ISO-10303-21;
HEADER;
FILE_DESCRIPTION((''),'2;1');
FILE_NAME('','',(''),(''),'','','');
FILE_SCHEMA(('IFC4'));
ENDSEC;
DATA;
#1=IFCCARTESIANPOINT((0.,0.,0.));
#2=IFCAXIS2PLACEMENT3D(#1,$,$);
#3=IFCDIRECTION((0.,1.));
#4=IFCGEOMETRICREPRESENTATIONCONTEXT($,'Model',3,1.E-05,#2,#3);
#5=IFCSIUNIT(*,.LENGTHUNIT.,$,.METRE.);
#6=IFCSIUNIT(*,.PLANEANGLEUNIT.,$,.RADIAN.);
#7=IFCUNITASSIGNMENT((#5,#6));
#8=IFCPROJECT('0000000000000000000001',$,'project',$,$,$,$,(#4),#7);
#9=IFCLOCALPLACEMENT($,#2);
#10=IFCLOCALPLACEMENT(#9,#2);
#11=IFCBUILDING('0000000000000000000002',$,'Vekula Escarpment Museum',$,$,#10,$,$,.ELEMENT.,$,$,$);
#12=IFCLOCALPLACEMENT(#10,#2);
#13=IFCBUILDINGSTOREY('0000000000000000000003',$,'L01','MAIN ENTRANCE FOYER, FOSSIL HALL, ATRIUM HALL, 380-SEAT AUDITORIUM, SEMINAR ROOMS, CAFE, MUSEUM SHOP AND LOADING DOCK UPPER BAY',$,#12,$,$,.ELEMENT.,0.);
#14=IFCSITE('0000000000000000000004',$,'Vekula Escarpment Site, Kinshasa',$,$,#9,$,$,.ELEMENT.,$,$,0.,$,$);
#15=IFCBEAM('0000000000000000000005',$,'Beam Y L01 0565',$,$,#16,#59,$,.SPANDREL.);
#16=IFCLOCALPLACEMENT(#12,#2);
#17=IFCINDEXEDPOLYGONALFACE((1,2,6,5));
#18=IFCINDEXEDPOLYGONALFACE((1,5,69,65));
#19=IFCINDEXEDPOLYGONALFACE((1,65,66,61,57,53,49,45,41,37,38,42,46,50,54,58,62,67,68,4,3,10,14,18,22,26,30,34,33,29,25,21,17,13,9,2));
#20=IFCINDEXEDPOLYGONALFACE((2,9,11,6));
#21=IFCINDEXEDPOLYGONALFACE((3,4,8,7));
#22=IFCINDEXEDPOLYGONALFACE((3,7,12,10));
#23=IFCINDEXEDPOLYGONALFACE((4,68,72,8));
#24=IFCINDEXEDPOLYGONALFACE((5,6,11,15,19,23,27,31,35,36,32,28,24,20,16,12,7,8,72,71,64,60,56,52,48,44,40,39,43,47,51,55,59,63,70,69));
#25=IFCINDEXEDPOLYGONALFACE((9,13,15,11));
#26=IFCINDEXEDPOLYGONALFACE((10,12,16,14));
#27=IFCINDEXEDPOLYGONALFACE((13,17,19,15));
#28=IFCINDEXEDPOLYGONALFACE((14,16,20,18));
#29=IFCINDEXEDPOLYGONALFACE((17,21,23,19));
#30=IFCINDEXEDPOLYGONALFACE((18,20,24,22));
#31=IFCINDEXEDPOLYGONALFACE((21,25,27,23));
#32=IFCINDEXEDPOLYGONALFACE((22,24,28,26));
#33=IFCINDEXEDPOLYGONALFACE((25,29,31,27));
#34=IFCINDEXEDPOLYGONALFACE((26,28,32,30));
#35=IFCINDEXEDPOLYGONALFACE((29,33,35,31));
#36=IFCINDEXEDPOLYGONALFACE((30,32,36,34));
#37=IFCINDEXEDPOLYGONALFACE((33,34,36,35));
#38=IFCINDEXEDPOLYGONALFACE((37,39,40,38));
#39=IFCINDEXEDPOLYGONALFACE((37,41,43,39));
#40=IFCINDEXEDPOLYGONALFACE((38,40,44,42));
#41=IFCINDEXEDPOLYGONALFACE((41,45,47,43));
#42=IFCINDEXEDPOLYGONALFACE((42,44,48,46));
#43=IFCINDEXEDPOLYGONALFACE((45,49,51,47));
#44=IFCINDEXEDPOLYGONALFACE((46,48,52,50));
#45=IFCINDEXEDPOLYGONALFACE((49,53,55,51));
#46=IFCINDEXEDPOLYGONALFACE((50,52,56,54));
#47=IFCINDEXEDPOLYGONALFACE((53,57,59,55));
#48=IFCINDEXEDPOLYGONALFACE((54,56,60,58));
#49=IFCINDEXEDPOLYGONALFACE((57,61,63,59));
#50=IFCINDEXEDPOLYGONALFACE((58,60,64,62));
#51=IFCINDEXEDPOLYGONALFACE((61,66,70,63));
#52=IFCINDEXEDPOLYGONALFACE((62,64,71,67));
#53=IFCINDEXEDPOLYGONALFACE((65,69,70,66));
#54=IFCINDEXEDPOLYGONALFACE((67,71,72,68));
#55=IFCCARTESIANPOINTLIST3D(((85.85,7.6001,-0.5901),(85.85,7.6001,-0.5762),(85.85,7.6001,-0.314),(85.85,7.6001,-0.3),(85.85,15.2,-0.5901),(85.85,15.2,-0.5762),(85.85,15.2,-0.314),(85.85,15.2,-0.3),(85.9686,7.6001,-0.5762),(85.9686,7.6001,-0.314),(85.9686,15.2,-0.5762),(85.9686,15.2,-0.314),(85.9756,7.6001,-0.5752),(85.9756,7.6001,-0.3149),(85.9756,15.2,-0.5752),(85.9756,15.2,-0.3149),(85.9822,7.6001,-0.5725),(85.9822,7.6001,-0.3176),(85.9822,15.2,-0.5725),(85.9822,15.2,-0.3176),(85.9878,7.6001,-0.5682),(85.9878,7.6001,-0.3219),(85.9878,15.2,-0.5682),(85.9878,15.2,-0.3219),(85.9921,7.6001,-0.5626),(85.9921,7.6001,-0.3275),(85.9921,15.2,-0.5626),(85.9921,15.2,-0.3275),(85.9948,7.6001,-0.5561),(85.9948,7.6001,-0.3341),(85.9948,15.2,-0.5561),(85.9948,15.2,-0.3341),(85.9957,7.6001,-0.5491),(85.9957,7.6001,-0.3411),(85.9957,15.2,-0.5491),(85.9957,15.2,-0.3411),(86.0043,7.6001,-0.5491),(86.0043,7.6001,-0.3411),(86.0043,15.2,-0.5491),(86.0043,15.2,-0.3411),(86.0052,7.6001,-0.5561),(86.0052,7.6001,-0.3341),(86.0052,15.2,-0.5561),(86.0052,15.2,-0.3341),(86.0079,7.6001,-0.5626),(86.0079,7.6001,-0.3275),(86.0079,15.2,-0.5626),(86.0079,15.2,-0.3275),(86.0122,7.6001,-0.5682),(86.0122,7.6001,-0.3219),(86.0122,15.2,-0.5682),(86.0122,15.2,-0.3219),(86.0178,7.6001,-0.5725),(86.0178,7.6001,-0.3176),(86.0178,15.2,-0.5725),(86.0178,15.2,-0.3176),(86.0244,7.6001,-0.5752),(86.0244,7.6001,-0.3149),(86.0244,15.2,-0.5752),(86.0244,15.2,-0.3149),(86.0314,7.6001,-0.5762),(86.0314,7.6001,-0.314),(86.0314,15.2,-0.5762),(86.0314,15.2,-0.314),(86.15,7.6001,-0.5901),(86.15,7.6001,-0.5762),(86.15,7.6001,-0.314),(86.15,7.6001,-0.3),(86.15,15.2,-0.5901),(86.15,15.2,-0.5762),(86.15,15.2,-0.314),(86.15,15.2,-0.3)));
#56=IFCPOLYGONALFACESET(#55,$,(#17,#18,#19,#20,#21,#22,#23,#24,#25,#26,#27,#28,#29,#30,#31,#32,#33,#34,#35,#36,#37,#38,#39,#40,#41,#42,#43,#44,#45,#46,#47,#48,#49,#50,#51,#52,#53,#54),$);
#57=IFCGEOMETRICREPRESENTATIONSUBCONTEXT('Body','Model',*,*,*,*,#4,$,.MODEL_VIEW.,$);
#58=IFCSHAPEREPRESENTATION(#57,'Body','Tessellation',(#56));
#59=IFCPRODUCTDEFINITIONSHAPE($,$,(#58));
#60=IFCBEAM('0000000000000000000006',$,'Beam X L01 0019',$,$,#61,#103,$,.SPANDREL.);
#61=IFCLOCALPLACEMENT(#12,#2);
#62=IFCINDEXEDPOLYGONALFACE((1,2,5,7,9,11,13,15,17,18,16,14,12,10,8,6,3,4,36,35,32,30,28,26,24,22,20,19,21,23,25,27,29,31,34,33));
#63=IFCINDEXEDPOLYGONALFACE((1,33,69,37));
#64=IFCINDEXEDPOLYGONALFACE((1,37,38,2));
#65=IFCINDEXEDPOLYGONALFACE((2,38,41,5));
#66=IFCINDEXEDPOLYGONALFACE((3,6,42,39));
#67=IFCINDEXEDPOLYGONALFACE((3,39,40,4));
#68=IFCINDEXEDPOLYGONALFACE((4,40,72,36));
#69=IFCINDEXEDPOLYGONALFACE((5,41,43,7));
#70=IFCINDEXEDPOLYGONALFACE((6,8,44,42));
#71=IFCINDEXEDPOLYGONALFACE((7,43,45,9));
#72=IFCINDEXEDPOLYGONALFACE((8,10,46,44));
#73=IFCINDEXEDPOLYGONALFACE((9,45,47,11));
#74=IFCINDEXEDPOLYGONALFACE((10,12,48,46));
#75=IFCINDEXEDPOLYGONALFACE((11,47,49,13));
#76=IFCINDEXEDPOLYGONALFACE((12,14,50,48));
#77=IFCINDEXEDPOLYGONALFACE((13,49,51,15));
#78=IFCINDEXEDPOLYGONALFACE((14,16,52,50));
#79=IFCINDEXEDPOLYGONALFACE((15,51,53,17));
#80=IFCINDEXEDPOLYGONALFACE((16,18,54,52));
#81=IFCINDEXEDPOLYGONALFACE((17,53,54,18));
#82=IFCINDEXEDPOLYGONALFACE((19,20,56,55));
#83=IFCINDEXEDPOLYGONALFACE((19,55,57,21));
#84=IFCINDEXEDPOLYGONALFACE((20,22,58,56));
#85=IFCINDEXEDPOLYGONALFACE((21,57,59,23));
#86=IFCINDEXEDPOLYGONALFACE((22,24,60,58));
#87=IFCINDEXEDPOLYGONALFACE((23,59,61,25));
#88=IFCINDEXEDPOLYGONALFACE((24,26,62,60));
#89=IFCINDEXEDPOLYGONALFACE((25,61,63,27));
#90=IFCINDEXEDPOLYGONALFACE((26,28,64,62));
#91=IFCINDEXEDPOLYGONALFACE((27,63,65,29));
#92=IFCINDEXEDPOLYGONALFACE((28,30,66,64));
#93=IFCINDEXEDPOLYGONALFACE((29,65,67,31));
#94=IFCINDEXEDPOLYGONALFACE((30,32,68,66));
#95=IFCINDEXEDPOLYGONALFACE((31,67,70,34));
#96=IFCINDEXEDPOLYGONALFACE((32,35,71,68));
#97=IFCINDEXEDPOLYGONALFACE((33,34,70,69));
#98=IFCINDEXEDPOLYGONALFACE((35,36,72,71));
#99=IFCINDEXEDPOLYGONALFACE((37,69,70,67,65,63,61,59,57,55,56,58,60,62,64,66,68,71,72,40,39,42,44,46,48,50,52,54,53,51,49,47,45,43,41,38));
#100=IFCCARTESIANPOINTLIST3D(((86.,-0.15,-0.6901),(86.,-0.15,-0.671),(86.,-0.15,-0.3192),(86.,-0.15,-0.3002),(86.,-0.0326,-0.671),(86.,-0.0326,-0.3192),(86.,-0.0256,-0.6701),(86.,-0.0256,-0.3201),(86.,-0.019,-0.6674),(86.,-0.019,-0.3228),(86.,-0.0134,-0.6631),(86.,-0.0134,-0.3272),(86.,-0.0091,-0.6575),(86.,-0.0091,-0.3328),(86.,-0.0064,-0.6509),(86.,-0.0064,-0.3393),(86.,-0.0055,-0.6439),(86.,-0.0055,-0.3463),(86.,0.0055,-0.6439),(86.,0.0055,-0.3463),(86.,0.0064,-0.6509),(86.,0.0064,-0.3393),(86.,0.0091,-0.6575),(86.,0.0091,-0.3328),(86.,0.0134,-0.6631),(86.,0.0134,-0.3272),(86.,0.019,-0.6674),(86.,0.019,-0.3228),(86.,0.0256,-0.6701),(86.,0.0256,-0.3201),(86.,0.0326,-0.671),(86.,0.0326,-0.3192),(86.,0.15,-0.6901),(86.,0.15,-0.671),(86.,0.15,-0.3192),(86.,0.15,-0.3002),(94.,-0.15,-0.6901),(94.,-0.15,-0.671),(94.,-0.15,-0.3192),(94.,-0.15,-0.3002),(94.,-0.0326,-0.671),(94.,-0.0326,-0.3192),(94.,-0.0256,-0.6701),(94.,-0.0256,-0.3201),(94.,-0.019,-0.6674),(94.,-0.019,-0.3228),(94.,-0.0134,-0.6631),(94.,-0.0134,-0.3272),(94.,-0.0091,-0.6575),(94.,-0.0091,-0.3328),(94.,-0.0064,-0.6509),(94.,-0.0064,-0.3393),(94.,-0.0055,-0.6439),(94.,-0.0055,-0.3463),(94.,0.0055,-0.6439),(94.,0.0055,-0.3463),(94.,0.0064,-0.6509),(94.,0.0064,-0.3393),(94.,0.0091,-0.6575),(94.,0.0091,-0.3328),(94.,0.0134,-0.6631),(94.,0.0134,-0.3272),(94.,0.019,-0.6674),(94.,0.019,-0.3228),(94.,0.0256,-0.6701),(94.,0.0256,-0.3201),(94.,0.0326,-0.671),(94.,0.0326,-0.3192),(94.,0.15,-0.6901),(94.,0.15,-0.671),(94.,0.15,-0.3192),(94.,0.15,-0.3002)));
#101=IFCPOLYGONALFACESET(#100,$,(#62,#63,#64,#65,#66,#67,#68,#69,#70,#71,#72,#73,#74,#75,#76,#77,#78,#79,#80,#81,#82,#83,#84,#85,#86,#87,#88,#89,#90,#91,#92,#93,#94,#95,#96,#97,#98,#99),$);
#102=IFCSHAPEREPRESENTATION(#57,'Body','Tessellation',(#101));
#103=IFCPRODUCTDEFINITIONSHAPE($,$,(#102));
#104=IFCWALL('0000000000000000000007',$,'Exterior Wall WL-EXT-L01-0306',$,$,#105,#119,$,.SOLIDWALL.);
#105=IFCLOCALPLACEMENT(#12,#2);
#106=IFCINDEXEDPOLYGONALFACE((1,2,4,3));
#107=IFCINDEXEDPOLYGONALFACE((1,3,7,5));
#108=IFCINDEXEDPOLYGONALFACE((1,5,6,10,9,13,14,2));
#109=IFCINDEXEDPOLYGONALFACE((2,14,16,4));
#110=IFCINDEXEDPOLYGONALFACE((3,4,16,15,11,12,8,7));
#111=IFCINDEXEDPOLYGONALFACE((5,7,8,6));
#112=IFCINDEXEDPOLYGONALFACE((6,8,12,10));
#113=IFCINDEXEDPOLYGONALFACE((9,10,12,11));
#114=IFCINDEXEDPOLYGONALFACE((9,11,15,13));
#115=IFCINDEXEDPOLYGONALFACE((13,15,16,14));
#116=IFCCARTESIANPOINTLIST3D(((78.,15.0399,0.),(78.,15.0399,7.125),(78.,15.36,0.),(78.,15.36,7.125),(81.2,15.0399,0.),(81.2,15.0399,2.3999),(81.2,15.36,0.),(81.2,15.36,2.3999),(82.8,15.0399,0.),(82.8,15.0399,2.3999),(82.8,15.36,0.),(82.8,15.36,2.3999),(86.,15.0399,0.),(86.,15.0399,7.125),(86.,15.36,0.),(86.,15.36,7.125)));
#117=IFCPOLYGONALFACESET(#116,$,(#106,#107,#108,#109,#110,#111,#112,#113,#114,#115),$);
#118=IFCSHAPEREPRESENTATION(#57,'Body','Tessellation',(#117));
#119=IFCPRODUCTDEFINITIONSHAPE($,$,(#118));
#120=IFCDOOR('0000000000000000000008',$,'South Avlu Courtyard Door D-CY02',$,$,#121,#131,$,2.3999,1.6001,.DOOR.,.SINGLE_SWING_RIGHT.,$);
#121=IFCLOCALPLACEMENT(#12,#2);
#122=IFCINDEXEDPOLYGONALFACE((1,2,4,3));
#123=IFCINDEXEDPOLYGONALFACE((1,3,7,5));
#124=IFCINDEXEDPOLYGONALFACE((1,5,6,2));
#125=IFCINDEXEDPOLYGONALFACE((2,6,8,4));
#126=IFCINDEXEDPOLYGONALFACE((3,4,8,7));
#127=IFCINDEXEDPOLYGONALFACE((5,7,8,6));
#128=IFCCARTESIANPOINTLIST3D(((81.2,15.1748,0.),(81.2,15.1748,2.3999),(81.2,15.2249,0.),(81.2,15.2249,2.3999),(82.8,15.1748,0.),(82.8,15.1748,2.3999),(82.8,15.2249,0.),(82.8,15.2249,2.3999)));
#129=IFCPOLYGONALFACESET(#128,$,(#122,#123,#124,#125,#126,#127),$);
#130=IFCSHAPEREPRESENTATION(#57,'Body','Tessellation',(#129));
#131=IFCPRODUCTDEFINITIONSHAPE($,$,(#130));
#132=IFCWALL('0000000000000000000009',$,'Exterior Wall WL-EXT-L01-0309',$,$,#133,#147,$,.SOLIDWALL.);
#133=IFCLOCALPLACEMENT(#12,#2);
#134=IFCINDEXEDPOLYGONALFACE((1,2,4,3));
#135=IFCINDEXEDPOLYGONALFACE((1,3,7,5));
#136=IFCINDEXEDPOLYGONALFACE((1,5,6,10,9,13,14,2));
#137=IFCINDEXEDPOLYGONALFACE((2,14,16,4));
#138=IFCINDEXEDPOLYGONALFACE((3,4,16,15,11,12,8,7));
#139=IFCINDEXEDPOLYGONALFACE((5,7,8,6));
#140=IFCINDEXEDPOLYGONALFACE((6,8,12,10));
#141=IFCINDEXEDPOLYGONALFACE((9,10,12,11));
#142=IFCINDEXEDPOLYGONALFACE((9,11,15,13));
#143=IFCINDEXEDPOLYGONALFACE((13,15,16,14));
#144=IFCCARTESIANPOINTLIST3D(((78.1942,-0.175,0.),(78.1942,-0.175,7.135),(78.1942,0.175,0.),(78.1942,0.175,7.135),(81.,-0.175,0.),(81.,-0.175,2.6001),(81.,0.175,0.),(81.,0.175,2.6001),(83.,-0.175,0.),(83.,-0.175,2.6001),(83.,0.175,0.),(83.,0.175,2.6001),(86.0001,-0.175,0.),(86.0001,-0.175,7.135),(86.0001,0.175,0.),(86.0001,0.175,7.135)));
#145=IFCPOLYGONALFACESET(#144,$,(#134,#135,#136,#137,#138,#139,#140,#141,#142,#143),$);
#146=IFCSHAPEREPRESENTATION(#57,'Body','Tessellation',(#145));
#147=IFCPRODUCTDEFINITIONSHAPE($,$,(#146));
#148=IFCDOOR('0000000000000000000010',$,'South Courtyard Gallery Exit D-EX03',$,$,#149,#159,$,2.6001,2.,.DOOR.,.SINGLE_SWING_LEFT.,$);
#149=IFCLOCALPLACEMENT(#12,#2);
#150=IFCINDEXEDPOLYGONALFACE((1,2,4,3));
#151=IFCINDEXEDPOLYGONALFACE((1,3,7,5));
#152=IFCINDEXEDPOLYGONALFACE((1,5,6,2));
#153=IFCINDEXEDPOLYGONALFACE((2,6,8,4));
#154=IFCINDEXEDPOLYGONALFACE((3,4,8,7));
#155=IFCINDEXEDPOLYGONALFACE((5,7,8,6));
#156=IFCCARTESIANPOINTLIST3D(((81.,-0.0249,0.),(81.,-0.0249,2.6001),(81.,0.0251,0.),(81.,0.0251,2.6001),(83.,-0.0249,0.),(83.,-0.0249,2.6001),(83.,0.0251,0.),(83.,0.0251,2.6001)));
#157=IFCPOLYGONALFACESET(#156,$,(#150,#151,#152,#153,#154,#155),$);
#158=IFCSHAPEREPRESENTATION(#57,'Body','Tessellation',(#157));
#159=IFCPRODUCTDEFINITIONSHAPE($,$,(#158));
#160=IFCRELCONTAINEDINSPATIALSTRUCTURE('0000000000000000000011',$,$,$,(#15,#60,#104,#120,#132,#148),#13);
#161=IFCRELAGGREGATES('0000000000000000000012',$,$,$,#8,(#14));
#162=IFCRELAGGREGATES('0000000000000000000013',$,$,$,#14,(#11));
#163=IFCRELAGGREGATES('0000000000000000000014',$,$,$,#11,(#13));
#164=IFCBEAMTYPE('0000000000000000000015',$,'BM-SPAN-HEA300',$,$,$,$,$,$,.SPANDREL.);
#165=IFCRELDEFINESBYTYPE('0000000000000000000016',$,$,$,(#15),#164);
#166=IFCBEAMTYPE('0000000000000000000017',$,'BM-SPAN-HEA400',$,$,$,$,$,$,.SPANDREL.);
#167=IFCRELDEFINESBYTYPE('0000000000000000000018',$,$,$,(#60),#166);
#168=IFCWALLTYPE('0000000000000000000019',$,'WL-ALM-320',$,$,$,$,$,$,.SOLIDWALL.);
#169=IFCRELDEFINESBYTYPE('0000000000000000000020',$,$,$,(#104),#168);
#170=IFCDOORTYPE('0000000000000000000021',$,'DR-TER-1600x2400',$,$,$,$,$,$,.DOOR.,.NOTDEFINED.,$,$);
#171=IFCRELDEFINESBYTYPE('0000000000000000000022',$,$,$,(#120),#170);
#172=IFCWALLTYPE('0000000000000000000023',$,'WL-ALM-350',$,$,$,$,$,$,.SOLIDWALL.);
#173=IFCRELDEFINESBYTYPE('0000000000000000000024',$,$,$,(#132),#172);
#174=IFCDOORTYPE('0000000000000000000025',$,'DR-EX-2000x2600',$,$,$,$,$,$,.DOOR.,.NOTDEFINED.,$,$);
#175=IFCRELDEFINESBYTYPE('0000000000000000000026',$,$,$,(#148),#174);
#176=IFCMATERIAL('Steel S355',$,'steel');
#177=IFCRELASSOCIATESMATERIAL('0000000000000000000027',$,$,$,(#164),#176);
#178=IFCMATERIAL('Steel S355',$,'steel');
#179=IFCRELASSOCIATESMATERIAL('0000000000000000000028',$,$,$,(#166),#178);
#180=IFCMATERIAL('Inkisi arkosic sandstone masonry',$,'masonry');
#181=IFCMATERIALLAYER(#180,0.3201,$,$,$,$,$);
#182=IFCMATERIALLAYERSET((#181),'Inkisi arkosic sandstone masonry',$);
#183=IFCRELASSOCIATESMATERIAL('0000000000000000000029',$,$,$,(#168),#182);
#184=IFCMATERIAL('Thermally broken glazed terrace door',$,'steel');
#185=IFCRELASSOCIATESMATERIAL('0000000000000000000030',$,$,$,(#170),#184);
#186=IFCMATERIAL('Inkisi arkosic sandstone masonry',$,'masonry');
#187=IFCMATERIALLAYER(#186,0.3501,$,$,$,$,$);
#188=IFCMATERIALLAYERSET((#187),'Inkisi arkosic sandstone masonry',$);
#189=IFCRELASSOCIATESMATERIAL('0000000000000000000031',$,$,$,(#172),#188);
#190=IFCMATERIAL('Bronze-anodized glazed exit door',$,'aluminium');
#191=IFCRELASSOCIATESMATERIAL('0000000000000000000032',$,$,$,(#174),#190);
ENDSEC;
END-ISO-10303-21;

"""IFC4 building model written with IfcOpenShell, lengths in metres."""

from ifc_helpers import new_model, si_unit, direction, frame, frame_2d, origin, origin_2d, place, context, subcontext, project, spatial, rectangle, i_section, extrude, material, layer, layer_set, material_profile, profile_set, type_object, element, fill, save


model = new_model("IFC4")

# Units and contexts
model_context = context("Model", 3, precision=1e-05, world=origin(), true_north=direction((0.0, 1.0)))
body_context = subcontext(model_context, "Body", "Model", "MODEL_VIEW")
ifc_project = project(units=[si_unit("LENGTHUNIT", "METRE"), si_unit("PLANEANGLEUNIT", "RADIAN")], contexts=[model_context])

# Site, building, storey
site_placement = place(None, origin())
site = spatial("IfcSite", under=ifc_project, at=site_placement, Name="Vekula Escarpment Site, Kinshasa", CompositionType="ELEMENT", RefElevation=0.0)
building_placement = place(site_placement, origin())
building = spatial("IfcBuilding", under=site, at=building_placement, Name="Vekula Escarpment Museum", CompositionType="ELEMENT")
storey_placement = place(building_placement, origin())
storey = spatial("IfcBuildingStorey", under=building, at=storey_placement, Name="L01", Description="MAIN ENTRANCE FOYER, FOSSIL HALL, ATRIUM HALL, 380-SEAT AUDITORIUM, SEMINAR ROOMS, CAFE, MUSEUM SHOP AND LOADING DOCK UPPER BAY", CompositionType="ELEMENT", Elevation=0.0)

# Beams
ifc_material_1 = material(Name="Steel S355", Category="steel")
ifc_material_profile_1 = material_profile(ifc_material_1, i_section(OverallWidth=0.3, OverallDepth=0.29, WebThickness=0.0085, FlangeThickness=0.0139, FilletRadius=0.0271, at=origin_2d()), Name="HEA 300")
ifc_profile_set_1 = profile_set([ifc_material_profile_1], Name="Steel S355")
beam_type_1 = type_object("IfcBeamType", Name="BM-SPAN-HEA300", PredefinedType="SPANDREL", material=ifc_profile_set_1)
beam_1_placement = place(storey_placement, frame((86.0, 7.6001, -0.4451), z_axis=(0.0, 1.0, 0.0), x_axis=(-1.0, 0.0, 0.0)))
element("IfcBeam", 1, at=beam_1_placement, inside=storey, type_object=beam_type_1, Name="Beam Y L01 0565", PredefinedType="SPANDREL", context=body_context, shape_type="SweptSolid", body=[
    extrude(i_section(OverallWidth=0.3, OverallDepth=0.29, WebThickness=0.0085, FlangeThickness=0.0139, FilletRadius=0.0271, at=origin_2d()), origin(), (0.0, 0.0, 1.0), 7.5999),
])
ifc_material_2 = material(Name="Steel S355", Category="steel")
ifc_material_profile_2 = material_profile(ifc_material_2, i_section(OverallWidth=0.3, OverallDepth=0.3899, WebThickness=0.011, FlangeThickness=0.019, FilletRadius=0.0271, at=origin_2d()), Name="HEA 400")
ifc_profile_set_2 = profile_set([ifc_material_profile_2], Name="Steel S355")
beam_type_2 = type_object("IfcBeamType", Name="BM-SPAN-HEA400", PredefinedType="SPANDREL", material=ifc_profile_set_2)
beam_2_placement = place(storey_placement, frame((86.0, 0.0, -0.4951), z_axis=(1.0, 0.0, 0.0), x_axis=(0.0, 1.0, 0.0)))
element("IfcBeam", 2, at=beam_2_placement, inside=storey, type_object=beam_type_2, Name="Beam X L01 0019", PredefinedType="SPANDREL", context=body_context, shape_type="SweptSolid", body=[
    extrude(i_section(OverallWidth=0.3, OverallDepth=0.3899, WebThickness=0.011, FlangeThickness=0.019, FilletRadius=0.0271, at=origin_2d()), origin(), (0.0, 0.0, 1.0), 8.0),
])

# Walls, openings, doors
ifc_material_3 = material(Name="Inkisi arkosic sandstone masonry", Category="masonry")
ifc_layer_1 = layer(ifc_material_3, 0.3201)
ifc_layer_set_1 = layer_set([ifc_layer_1], Name="Inkisi arkosic sandstone masonry")
wall_type_1 = type_object("IfcWallType", Name="WL-ALM-320", PredefinedType="SOLIDWALL", material=ifc_layer_set_1)
wall_1_placement = place(storey_placement, frame((78.0, 15.2, 0.0), z_axis=(0.0, 0.0, 1.0), x_axis=(1.0, 0.0, 0.0)))
wall_1 = element("IfcWall", 3, at=wall_1_placement, inside=storey, type_object=wall_type_1, Name="Exterior Wall WL-EXT-L01-0306", PredefinedType="SOLIDWALL", context=body_context, shape_type="SweptSolid", body=[
    extrude(rectangle(XDim=8.0, YDim=0.3201, at=frame_2d((4.0, 0.0))), origin(), (0.0, 0.0, 1.0), 7.125),
])
opening_1_placement = place(wall_1_placement, frame((3.2, 0.0, 0.0)))
opening_1 = element("IfcOpeningElement", 4, at=opening_1_placement, cuts=wall_1, PredefinedType="OPENING", context=body_context, shape_type="SweptSolid", body=[
    extrude(rectangle(XDim=1.6001, YDim=2.3999, at=frame_2d((0.8, 1.2))), frame((0.0, 0.1699, 0.0), z_axis=(0.0, -1.0, 0.0), x_axis=(1.0, 0.0, 0.0)), (0.0, 0.0, 1.0), 0.3401),
])
ifc_material_4 = material(Name="Thermally broken glazed terrace door", Category="steel")
door_type_1 = type_object("IfcDoorType", Name="DR-TER-1600x2400", OperationType="NOTDEFINED", PredefinedType="DOOR", material=ifc_material_4)
door_1_placement = place(opening_1_placement, origin())
door_1 = element("IfcDoor", 5, at=door_1_placement, inside=storey, type_object=door_type_1, Name="South Avlu Courtyard Door D-CY02", OperationType="SINGLE_SWING_RIGHT", OverallHeight=2.3999, OverallWidth=1.6001, PredefinedType="DOOR", context=body_context, shape_type="SweptSolid", body=[
    extrude(rectangle(XDim=1.6001, YDim=2.3999, at=frame_2d((0.8, 1.2))), frame((0.0, 0.0249, 0.0), z_axis=(0.0, -1.0, 0.0), x_axis=(1.0, 0.0, 0.0)), (0.0, 0.0, 1.0), 0.05),
])
fill(opening_1, door_1)
ifc_material_5 = material(Name="Inkisi arkosic sandstone masonry", Category="masonry")
ifc_layer_2 = layer(ifc_material_5, 0.3501)
ifc_layer_set_2 = layer_set([ifc_layer_2], Name="Inkisi arkosic sandstone masonry")
wall_type_2 = type_object("IfcWallType", Name="WL-ALM-350", PredefinedType="SOLIDWALL", material=ifc_layer_set_2)
wall_2_placement = place(storey_placement, frame((86.0, 0.0, 0.0), z_axis=(0.0, 0.0, 1.0), x_axis=(-1.0, 0.0, 0.0)))
wall_2 = element("IfcWall", 6, at=wall_2_placement, inside=storey, type_object=wall_type_2, Name="Exterior Wall WL-EXT-L01-0309", PredefinedType="SOLIDWALL", context=body_context, shape_type="SweptSolid", body=[
    extrude(rectangle(XDim=7.8059, YDim=0.3501, at=frame_2d((3.9028, 0.0))), origin(), (0.0, 0.0, 1.0), 7.135),
])
opening_2_placement = place(wall_2_placement, frame((3.0, 0.0, 0.0)))
opening_2 = element("IfcOpeningElement", 7, at=opening_2_placement, cuts=wall_2, PredefinedType="OPENING", context=body_context, shape_type="SweptSolid", body=[
    extrude(rectangle(XDim=2.0, YDim=2.6001, at=frame_2d((1.0, 1.3))), frame((0.0, 0.1851, 0.0), z_axis=(0.0, -1.0, 0.0), x_axis=(1.0, 0.0, 0.0)), (0.0, 0.0, 1.0), 0.3701),
])
ifc_material_6 = material(Name="Bronze-anodized glazed exit door", Category="aluminium")
door_type_2 = type_object("IfcDoorType", Name="DR-EX-2000x2600", OperationType="NOTDEFINED", PredefinedType="DOOR", material=ifc_material_6)
door_2_placement = place(opening_2_placement, origin())
door_2 = element("IfcDoor", 8, at=door_2_placement, inside=storey, type_object=door_type_2, Name="South Courtyard Gallery Exit D-EX03", OperationType="SINGLE_SWING_LEFT", OverallHeight=2.6001, OverallWidth=2.0, PredefinedType="DOOR", context=body_context, shape_type="SweptSolid", body=[
    extrude(rectangle(XDim=2.0, YDim=2.6001, at=frame_2d((1.0, 1.3))), frame((0.0, 0.0249, 0.0), z_axis=(0.0, -1.0, 0.0), x_axis=(1.0, 0.0, 0.0)), (0.0, 0.0, 1.0), 0.05),
])
fill(opening_2, door_2)

save(model, "model.ifc")
